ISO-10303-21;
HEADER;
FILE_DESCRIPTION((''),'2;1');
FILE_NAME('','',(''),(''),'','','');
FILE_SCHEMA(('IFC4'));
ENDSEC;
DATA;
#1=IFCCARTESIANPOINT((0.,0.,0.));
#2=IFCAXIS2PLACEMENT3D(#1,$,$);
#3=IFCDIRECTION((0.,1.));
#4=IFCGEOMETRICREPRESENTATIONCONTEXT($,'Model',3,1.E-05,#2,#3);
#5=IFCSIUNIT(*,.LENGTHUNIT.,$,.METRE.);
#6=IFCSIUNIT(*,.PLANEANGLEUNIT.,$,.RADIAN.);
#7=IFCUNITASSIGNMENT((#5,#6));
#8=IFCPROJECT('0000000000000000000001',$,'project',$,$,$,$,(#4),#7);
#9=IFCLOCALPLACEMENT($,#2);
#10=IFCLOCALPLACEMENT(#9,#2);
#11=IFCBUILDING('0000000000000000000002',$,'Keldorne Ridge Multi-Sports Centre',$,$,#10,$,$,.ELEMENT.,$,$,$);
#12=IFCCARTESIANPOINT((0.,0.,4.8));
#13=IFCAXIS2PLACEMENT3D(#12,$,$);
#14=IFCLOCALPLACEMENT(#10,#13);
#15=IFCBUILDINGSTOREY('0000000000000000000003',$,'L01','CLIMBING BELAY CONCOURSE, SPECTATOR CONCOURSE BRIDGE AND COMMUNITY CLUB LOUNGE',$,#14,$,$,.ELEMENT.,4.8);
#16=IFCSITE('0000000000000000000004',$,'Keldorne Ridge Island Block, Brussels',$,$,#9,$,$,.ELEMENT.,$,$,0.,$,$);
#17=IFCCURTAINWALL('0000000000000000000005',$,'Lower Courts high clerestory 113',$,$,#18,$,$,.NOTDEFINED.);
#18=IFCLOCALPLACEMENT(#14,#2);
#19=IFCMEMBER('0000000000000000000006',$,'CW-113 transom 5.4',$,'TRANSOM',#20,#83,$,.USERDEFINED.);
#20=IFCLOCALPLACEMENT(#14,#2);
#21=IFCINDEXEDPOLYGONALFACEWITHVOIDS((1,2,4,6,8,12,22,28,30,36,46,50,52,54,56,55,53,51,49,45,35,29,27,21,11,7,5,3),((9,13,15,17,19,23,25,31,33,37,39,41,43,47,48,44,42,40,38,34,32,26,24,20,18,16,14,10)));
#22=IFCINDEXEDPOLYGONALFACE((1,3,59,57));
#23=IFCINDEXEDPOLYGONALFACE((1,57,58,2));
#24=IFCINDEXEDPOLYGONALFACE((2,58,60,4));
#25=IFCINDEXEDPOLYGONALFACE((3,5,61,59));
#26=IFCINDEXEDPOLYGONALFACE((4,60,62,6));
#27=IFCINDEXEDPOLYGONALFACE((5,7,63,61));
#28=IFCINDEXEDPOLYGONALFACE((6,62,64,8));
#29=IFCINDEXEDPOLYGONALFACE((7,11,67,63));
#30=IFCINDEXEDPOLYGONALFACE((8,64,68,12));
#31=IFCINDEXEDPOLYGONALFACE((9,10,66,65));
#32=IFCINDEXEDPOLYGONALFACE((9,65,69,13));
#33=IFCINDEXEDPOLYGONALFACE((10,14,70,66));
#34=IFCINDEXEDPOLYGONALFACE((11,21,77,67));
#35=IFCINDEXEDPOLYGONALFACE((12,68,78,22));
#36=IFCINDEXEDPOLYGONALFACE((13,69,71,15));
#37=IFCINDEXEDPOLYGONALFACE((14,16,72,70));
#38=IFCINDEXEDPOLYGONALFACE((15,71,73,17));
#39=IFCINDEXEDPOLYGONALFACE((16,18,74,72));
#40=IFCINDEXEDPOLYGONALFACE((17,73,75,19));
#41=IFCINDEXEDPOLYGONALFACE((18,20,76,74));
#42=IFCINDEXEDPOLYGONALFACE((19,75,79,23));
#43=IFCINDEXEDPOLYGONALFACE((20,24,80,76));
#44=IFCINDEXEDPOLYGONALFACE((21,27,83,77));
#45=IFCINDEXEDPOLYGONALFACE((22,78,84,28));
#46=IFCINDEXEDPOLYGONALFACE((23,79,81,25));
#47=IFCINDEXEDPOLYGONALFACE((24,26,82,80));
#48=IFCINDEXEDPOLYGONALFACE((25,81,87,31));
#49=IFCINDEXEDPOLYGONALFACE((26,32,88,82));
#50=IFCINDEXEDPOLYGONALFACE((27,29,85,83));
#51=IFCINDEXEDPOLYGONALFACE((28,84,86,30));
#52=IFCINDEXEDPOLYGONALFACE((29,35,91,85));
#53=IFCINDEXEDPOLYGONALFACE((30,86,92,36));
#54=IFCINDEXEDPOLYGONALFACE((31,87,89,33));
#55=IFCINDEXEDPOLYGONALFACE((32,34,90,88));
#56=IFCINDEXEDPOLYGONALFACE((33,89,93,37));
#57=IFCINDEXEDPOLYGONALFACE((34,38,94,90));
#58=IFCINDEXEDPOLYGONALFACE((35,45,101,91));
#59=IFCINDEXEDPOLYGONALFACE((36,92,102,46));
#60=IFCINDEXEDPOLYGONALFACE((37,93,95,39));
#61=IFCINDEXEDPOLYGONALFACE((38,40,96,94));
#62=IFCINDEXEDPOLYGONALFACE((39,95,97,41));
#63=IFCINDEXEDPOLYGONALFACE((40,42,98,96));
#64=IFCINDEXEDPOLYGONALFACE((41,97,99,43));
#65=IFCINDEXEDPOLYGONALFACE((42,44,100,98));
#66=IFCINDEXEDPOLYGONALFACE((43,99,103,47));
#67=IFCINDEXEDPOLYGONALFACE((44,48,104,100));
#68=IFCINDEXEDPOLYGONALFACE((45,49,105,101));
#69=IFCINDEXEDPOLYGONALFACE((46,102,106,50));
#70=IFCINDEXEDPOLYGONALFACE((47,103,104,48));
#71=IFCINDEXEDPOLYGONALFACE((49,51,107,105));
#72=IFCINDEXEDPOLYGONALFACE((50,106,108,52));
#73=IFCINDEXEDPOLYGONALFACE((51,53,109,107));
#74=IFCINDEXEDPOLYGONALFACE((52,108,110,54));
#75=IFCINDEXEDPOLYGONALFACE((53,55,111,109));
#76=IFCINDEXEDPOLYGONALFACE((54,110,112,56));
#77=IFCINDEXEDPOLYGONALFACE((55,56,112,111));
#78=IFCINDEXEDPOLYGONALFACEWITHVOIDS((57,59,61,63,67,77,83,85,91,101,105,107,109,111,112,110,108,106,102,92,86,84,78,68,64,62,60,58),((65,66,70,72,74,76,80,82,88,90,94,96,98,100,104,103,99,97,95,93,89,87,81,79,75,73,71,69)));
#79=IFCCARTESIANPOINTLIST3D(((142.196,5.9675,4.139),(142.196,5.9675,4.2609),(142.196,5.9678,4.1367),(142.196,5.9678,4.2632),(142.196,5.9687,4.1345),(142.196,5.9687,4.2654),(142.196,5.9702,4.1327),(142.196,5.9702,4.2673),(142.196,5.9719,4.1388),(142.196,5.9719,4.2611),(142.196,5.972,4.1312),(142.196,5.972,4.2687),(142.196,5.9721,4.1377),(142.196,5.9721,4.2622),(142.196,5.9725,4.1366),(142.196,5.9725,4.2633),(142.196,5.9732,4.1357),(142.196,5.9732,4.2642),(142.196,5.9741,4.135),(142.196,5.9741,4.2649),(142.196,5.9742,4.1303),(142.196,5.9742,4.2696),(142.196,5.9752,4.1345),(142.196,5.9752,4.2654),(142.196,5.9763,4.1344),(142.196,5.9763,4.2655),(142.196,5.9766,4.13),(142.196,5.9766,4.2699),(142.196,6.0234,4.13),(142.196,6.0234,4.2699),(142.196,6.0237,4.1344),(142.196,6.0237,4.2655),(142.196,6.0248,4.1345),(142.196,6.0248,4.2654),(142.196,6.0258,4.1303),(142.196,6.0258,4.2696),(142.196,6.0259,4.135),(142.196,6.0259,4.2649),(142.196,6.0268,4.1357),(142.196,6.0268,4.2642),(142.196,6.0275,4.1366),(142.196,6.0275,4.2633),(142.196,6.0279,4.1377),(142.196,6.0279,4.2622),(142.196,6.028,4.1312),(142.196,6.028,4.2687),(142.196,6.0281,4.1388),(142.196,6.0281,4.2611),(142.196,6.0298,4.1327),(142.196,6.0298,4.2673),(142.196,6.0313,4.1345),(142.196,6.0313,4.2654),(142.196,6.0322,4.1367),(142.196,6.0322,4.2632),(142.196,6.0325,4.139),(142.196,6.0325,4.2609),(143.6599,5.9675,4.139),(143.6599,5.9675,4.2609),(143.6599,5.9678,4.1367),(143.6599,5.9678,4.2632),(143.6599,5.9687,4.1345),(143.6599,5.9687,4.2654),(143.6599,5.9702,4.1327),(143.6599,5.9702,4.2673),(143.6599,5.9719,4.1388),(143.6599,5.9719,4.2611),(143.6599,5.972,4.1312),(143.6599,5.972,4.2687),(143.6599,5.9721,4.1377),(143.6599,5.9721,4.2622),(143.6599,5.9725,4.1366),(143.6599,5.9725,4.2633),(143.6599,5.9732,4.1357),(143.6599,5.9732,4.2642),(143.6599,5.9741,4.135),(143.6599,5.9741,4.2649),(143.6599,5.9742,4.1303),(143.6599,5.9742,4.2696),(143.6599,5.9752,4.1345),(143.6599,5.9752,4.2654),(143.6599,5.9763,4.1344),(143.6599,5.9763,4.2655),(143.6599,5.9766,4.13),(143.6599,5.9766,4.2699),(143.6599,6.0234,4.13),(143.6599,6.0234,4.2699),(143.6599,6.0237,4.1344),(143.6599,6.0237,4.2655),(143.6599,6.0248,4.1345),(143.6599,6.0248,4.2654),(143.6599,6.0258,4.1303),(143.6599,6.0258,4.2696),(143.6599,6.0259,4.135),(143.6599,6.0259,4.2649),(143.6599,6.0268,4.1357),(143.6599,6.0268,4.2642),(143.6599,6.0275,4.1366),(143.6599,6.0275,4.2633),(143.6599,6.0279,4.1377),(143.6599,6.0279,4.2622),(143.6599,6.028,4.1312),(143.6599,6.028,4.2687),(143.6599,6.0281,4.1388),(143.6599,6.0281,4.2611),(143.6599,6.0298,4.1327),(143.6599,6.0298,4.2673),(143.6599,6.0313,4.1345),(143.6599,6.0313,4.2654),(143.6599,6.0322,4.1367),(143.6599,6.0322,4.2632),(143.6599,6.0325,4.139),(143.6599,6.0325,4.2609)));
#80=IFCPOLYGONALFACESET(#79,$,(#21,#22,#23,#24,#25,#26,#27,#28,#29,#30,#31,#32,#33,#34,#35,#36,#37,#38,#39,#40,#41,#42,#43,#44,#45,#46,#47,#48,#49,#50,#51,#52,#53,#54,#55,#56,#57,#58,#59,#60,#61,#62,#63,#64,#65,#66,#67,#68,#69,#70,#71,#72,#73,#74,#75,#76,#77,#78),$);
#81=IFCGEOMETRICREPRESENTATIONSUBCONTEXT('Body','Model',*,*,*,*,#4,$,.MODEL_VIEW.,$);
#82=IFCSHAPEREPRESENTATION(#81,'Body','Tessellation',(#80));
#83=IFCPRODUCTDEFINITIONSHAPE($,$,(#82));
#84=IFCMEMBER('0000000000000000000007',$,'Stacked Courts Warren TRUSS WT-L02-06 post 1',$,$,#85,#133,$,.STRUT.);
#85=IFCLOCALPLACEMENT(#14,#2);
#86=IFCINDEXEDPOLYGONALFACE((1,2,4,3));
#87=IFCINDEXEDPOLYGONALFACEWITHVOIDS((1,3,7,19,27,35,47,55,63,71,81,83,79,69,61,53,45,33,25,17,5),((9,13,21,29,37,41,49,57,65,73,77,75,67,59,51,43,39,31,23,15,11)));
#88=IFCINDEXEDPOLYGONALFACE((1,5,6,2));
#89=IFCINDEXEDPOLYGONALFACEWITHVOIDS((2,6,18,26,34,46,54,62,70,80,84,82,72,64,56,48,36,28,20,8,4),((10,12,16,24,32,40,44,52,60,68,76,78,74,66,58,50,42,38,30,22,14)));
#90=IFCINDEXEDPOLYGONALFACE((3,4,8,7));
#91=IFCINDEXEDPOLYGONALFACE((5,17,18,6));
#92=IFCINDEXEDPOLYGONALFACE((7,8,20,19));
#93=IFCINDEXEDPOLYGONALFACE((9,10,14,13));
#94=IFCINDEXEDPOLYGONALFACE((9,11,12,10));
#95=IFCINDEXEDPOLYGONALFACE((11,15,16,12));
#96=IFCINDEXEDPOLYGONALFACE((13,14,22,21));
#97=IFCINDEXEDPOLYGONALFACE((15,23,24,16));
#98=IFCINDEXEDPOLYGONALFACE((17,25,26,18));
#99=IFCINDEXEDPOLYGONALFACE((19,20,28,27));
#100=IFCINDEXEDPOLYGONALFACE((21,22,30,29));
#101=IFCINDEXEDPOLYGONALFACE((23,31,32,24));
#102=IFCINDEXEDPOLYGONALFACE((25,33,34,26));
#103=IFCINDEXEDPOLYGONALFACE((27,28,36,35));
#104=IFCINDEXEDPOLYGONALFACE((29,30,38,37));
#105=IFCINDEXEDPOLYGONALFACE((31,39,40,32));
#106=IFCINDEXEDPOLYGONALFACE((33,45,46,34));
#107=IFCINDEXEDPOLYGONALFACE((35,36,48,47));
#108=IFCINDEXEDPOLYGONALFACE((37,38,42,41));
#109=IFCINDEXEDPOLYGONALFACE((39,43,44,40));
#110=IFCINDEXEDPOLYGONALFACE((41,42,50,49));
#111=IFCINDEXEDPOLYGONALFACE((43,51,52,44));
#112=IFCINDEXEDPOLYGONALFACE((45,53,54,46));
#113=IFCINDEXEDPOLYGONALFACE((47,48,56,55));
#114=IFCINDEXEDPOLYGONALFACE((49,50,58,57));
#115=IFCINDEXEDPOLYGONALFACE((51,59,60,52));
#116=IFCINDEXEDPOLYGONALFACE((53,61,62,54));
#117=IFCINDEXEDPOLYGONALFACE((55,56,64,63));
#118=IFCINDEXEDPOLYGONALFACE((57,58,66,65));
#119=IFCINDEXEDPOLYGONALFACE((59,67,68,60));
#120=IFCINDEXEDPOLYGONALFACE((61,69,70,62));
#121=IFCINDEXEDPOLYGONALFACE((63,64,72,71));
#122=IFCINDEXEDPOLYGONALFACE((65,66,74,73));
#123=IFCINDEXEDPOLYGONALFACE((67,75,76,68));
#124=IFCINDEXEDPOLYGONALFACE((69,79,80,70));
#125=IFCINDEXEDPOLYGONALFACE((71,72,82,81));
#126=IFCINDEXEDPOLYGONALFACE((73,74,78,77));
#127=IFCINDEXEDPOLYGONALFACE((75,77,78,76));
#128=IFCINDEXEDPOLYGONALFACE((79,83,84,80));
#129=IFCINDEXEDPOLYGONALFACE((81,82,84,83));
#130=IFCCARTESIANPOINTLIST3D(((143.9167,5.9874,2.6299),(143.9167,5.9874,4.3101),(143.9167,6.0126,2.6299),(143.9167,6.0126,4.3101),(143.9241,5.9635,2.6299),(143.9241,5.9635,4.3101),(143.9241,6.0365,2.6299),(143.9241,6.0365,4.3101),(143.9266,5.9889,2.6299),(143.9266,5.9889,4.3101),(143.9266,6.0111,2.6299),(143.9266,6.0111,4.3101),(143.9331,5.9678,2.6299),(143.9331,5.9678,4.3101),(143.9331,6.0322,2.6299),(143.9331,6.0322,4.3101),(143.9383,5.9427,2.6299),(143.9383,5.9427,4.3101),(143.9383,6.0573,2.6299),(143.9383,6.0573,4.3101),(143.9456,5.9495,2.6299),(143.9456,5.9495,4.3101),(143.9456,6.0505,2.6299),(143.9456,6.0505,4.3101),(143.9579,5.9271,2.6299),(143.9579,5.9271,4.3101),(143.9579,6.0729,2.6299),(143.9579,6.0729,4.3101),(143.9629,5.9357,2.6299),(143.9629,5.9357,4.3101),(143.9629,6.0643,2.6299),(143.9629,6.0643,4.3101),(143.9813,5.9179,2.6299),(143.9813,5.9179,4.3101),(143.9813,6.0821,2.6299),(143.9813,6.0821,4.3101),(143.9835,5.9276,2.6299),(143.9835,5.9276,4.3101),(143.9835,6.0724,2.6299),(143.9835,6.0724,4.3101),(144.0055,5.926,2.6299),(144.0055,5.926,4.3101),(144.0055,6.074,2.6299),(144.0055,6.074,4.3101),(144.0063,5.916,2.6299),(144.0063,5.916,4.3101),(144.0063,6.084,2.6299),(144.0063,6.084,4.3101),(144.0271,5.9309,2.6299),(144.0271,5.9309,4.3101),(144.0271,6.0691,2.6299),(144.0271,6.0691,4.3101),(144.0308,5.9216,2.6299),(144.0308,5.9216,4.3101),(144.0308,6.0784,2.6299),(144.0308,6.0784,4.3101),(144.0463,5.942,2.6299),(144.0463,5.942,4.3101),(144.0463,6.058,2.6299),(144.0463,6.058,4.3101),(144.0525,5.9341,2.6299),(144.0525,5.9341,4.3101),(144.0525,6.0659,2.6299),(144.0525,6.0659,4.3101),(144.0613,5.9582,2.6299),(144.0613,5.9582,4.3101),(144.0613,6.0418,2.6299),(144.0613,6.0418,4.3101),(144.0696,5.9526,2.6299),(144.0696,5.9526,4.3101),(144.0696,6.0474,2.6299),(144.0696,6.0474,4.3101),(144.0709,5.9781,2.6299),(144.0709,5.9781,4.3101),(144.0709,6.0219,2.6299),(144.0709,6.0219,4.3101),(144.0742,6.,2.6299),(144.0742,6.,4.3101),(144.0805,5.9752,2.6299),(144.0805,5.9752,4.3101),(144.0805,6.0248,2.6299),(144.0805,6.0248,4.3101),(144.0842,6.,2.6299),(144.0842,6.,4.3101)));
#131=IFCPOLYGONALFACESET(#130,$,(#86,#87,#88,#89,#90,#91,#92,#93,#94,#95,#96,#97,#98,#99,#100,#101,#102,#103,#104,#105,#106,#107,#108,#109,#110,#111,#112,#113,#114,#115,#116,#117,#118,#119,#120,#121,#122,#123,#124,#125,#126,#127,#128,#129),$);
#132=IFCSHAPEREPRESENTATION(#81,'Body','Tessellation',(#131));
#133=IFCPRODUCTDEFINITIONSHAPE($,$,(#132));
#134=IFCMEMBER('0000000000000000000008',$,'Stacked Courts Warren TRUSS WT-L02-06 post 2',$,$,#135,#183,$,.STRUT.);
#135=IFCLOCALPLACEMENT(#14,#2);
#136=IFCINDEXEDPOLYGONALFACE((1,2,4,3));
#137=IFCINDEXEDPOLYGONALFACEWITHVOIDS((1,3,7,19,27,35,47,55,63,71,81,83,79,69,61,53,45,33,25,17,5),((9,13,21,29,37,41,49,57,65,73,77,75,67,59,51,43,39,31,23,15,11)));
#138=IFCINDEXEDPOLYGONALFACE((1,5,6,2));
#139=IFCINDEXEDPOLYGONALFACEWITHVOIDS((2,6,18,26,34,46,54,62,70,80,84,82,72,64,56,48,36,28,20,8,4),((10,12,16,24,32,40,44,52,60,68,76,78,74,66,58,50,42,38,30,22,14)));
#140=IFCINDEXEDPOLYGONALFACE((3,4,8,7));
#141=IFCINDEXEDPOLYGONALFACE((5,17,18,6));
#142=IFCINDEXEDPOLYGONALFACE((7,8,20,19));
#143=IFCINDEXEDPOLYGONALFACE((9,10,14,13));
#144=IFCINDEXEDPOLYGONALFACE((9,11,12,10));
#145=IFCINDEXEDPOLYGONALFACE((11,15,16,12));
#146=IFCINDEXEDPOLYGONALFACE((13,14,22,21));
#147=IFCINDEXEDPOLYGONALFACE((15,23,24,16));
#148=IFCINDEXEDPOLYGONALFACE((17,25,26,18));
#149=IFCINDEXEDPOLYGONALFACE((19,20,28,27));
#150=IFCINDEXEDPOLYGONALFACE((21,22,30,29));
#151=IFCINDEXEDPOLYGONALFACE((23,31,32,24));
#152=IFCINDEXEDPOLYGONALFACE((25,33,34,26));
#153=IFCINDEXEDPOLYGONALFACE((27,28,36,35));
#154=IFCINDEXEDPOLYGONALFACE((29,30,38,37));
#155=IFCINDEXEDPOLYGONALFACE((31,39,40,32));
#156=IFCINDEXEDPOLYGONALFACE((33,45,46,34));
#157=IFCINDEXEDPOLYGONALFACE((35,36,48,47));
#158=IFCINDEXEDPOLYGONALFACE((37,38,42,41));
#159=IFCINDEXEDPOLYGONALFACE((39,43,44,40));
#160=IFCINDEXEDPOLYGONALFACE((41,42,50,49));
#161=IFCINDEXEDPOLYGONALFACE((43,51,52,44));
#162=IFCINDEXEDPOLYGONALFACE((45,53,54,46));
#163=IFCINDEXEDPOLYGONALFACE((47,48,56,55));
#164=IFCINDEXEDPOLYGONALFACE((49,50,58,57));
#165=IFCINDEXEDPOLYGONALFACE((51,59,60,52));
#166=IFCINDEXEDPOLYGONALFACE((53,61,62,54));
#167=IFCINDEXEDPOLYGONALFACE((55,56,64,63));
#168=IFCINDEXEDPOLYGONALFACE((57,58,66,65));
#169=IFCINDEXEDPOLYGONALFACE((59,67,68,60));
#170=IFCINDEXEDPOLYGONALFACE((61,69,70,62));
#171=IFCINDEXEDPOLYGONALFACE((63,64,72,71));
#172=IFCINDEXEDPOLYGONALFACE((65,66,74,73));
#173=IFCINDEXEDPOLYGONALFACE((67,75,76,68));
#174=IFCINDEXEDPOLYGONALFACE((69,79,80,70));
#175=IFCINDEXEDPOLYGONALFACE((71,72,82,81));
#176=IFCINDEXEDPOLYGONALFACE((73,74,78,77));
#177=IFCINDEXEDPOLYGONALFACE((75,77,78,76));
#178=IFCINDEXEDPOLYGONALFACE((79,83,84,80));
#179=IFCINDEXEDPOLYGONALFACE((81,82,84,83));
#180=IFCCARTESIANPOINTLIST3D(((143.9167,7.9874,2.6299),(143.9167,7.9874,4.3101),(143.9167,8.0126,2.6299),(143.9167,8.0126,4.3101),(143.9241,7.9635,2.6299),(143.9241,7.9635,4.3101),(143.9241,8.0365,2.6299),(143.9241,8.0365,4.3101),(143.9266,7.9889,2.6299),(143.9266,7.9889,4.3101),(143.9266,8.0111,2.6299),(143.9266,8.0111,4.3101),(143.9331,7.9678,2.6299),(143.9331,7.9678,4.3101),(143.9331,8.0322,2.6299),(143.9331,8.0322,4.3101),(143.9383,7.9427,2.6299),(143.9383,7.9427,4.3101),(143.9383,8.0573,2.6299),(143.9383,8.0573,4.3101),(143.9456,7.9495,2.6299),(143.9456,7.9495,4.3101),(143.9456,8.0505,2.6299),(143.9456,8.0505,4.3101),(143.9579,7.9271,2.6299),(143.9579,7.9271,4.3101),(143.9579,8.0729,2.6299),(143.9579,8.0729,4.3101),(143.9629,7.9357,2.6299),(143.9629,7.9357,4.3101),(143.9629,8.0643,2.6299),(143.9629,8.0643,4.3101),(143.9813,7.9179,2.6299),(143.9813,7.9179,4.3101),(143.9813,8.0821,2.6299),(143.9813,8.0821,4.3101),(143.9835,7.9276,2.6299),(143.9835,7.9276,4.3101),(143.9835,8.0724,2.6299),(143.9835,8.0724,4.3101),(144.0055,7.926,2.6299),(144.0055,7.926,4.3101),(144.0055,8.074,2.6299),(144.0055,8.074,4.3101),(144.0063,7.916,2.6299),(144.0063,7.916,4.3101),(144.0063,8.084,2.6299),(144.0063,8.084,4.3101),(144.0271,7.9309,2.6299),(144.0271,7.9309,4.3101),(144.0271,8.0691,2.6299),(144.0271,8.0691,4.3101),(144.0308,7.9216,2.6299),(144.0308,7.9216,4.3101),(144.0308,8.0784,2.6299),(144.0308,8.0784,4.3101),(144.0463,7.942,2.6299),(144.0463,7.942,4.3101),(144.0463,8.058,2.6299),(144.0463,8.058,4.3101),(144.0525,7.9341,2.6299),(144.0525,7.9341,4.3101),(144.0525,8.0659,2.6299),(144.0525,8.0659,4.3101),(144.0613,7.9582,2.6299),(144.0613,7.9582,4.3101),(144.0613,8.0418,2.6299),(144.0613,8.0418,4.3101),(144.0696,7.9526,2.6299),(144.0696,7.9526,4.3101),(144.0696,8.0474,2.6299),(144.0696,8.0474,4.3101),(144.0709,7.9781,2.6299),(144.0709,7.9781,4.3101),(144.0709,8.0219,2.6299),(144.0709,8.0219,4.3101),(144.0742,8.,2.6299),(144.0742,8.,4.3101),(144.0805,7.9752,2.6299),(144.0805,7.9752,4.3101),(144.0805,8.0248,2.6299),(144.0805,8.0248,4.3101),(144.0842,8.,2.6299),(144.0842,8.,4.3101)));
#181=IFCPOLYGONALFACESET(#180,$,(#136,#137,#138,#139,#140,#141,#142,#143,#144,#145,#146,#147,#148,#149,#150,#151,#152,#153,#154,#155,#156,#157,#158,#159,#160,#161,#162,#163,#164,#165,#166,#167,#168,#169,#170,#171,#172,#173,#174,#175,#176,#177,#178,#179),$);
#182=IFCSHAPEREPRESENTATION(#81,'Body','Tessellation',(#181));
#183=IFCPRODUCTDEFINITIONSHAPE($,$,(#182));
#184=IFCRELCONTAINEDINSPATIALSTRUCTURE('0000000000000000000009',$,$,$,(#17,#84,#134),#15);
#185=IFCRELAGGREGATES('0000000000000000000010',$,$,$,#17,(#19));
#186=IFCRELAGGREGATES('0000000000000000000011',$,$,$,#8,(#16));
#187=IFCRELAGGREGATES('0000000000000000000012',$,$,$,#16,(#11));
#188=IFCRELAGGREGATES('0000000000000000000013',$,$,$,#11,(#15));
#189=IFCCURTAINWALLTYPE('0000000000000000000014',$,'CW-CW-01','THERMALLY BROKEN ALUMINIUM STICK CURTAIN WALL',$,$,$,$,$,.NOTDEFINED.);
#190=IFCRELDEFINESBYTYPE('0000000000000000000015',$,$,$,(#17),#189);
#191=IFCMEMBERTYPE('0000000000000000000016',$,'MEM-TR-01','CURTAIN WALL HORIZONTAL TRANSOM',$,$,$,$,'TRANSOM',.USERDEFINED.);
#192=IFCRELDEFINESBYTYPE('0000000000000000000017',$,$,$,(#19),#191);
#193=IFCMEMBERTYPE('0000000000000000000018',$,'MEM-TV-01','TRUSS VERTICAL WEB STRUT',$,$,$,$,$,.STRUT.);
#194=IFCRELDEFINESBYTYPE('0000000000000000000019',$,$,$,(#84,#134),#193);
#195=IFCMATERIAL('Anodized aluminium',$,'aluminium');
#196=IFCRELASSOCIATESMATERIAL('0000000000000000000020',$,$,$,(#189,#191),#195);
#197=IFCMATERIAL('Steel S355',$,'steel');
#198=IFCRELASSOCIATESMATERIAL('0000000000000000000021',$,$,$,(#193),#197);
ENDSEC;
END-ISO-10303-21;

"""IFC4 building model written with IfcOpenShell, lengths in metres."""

from ifc_helpers import new_model, si_unit, direction, frame, origin, origin_2d, place, context, subcontext, project, spatial, hollow_rectangle, hollow_circle, extrude, material, material_profile, profile_set, type_object, element, aggregate, save


model = new_model("IFC4")

# Units and contexts
model_context = context("Model", 3, precision=1e-05, world=origin(), true_north=direction((0.0, 1.0)))
body_context = subcontext(model_context, "Body", "Model", "MODEL_VIEW")
ifc_project = project(units=[si_unit("LENGTHUNIT", "METRE"), si_unit("PLANEANGLEUNIT", "RADIAN")], contexts=[model_context])

# Site, building, storey
site_placement = place(None, origin())
site = spatial("IfcSite", under=ifc_project, at=site_placement, Name="Keldorne Ridge Island Block, Brussels", CompositionType="ELEMENT", RefElevation=0.0)
building_placement = place(site_placement, origin())
building = spatial("IfcBuilding", under=site, at=building_placement, Name="Keldorne Ridge Multi-Sports Centre", CompositionType="ELEMENT")
storey_placement = place(building_placement, frame((0.0, 0.0, 4.8)))
storey = spatial("IfcBuildingStorey", under=building, at=storey_placement, Name="L01", Description="CLIMBING BELAY CONCOURSE, SPECTATOR CONCOURSE BRIDGE AND COMMUNITY CLUB LOUNGE", CompositionType="ELEMENT", Elevation=4.8)

# Shared definitions
ifc_material_1 = material(Name="Steel S355", Category="steel")

# Curtain wall
ifc_material_2 = material(Name="Anodized aluminium", Category="aluminium")
curtain_wall_type = type_object("IfcCurtainWallType", Name="CW-CW-01", Description="THERMALLY BROKEN ALUMINIUM STICK CURTAIN WALL", PredefinedType="NOTDEFINED", material=ifc_material_2)
curtain_wall_placement = place(storey_placement, origin())
curtain_wall = element("IfcCurtainWall", 1, at=curtain_wall_placement, inside=storey, type_object=curtain_wall_type, Name="Lower Courts high clerestory 113", PredefinedType="NOTDEFINED")

# Member
ifc_material_profile_1 = material_profile(ifc_material_2, hollow_rectangle(XDim=0.0649, YDim=0.1399, WallThickness=0.0044, InnerFilletRadius=0.0044, OuterFilletRadius=0.009, at=origin_2d()), Name="ALU TRANSOM 140x65x4.5")
ifc_profile_set_1 = profile_set([ifc_material_profile_1], Name="Anodized aluminium")
member_type_1 = type_object("IfcMemberType", Name="MEM-TR-01", Description="CURTAIN WALL HORIZONTAL TRANSOM", ElementType="TRANSOM", PredefinedType="USERDEFINED", material=ifc_profile_set_1)
member_1_placement = place(storey_placement, frame((142.196, 6.0, 4.2), z_axis=(1.0, 0.0, 0.0), x_axis=(0.0, 1.0, 0.0)))
member_1 = element("IfcMember", 2, at=member_1_placement, type_object=member_type_1, Name="CW-113 transom 5.4", ObjectType="TRANSOM", PredefinedType="USERDEFINED", context=body_context, shape_type="SweptSolid", body=[
    extrude(hollow_rectangle(XDim=0.0649, YDim=0.1399, WallThickness=0.0044, InnerFilletRadius=0.0044, OuterFilletRadius=0.009, at=origin_2d()), origin(), (0.0, 0.0, 1.0), 1.4639),
])

# Members
ifc_material_profile_2 = material_profile(ifc_material_1, hollow_circle(Radius=0.0842, WallThickness=0.01, at=origin_2d()), Name="CHS 168.3x10")
ifc_profile_set_2 = profile_set([ifc_material_profile_2], Name="Steel S355")
member_type_2 = type_object("IfcMemberType", Name="MEM-TV-01", Description="TRUSS VERTICAL WEB STRUT", PredefinedType="STRUT", material=ifc_profile_set_2)
for number, where, z_axis, x_axis, name in (
    (3, (144.0, 6.0, 2.6299), (0.0, 0.0, 1.0), (1.0, 0.0, 0.0), "Stacked Courts Warren TRUSS WT-L02-06 post 1"),
    (4, (144.0, 8.0, 2.6299), (0.0, 0.0, 1.0), (1.0, 0.0, 0.0), "Stacked Courts Warren TRUSS WT-L02-06 post 2"),
):
    element("IfcMember", number, at=place(storey_placement, frame(where, z_axis=z_axis, x_axis=x_axis)), inside=storey, type_object=member_type_2, Name=name, PredefinedType="STRUT", context=body_context, shape_type="SweptSolid", body=[
        extrude(hollow_circle(Radius=0.0842, WallThickness=0.01, at=origin_2d()), origin(), (0.0, 0.0, 1.0), 1.6802),
    ])

aggregate(curtain_wall, [member_1])

save(model, "model.ifc")
